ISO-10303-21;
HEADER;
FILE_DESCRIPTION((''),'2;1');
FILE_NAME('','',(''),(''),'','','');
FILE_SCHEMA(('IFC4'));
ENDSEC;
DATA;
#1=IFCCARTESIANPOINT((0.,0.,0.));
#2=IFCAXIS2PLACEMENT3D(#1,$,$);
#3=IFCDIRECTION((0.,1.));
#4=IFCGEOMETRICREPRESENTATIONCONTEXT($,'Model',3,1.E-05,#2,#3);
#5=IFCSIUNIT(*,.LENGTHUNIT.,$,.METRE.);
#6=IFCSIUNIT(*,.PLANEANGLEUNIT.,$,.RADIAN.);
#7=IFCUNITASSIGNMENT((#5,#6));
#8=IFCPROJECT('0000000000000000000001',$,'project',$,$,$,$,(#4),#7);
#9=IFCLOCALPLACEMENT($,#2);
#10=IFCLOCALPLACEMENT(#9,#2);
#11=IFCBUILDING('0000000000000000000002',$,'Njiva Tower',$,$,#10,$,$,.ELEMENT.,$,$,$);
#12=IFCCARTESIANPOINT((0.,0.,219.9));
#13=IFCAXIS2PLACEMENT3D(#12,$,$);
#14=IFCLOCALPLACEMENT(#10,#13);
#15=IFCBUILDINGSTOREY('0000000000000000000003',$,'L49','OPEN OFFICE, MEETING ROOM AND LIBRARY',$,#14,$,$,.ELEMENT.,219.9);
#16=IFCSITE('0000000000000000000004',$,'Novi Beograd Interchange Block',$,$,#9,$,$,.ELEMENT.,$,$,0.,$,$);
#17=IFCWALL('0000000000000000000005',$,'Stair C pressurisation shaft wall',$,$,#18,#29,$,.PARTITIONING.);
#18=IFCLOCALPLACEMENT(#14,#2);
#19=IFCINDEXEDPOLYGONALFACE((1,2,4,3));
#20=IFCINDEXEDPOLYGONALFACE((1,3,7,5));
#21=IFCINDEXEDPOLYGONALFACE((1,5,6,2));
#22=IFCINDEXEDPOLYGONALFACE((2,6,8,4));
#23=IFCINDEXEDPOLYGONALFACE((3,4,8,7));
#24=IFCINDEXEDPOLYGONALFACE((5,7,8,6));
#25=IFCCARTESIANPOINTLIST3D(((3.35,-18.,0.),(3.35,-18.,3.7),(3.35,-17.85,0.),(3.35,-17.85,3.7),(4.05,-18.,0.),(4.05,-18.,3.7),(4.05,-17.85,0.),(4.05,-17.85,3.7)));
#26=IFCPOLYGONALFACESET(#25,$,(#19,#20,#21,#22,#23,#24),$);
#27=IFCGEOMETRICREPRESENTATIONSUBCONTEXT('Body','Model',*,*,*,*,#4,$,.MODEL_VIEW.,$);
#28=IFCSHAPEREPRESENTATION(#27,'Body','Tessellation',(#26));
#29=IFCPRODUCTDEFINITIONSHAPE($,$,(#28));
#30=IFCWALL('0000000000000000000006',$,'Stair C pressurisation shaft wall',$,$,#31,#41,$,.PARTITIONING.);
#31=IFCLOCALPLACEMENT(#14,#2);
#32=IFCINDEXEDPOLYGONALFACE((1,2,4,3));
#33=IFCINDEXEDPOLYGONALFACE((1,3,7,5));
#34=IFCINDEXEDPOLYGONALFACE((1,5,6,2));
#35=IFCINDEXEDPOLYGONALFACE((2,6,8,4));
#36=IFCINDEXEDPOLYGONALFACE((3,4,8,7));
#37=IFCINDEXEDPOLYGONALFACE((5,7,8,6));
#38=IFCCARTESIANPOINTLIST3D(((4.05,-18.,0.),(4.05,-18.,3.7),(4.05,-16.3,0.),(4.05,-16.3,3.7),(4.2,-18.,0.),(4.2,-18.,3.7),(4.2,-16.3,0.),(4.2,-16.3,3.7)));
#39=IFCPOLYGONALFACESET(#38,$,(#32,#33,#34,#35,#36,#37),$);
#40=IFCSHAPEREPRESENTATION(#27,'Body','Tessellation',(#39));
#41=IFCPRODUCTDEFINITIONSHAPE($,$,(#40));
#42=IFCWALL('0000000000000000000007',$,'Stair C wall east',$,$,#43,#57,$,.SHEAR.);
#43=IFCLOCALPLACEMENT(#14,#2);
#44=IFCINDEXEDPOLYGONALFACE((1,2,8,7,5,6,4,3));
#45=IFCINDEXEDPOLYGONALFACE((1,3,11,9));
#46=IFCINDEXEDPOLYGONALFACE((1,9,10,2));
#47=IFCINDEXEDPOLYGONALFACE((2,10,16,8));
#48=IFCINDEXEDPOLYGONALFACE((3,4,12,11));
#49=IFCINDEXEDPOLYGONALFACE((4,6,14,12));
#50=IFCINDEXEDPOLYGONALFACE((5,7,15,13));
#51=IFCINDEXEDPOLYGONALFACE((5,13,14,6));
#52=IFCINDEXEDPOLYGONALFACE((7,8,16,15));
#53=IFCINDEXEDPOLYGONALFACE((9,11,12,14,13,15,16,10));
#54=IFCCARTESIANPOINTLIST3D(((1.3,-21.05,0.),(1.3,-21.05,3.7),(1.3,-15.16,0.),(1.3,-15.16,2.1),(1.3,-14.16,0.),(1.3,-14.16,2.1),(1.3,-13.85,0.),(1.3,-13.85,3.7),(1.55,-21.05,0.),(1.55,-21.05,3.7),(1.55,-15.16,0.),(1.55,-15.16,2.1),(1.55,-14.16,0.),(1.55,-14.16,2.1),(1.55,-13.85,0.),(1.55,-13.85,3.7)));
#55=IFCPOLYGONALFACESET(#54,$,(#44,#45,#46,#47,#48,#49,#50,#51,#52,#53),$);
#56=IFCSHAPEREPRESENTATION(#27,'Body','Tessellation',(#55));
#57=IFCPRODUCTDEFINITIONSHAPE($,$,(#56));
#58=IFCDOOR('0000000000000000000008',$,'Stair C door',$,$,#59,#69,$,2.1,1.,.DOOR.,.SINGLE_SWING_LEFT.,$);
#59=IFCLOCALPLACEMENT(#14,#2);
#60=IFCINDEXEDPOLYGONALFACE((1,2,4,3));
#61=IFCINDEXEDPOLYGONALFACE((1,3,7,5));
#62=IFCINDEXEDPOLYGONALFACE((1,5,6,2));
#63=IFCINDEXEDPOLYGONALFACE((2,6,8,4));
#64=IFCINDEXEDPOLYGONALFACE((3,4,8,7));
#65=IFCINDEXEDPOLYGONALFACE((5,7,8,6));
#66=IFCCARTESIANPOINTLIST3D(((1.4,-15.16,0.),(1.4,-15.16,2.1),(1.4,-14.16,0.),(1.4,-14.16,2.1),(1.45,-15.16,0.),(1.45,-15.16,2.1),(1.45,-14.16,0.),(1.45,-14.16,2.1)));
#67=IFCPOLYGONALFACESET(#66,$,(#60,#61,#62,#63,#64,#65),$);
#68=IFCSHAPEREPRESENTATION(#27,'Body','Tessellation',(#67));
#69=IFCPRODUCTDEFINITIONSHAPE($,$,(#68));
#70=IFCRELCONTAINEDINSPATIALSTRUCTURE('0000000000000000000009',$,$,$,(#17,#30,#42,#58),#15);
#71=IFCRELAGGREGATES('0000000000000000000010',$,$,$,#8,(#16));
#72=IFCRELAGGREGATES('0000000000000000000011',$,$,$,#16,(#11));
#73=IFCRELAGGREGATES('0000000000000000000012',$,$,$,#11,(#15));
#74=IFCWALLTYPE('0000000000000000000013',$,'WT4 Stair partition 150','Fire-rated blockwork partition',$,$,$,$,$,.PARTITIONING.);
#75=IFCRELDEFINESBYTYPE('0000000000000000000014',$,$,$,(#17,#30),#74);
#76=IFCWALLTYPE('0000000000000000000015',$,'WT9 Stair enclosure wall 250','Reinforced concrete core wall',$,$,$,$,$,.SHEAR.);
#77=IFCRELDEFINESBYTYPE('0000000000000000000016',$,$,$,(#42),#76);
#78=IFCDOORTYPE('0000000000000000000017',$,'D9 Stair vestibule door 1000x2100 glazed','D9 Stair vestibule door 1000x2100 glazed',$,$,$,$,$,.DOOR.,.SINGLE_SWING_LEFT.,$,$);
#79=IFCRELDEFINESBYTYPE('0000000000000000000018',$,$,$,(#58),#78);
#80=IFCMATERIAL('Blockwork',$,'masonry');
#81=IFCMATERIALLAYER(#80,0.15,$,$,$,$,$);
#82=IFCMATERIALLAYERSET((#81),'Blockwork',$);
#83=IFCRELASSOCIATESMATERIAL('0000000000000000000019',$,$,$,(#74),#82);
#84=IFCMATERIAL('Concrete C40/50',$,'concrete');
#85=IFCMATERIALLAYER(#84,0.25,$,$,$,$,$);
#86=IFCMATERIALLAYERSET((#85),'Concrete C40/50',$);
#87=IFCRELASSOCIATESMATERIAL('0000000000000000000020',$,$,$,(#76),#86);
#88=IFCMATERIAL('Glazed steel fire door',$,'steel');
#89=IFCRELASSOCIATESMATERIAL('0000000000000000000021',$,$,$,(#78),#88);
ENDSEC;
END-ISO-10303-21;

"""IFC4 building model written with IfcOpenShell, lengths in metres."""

from ifc_helpers import new_model, si_unit, direction, frame, frame_2d, origin, place, context, subcontext, project, spatial, rectangle, extrude, material, layer, layer_set, type_object, element, fill, save


model = new_model("IFC4")

# Units and contexts
model_context = context("Model", 3, precision=1e-05, world=origin(), true_north=direction((0.0, 1.0)))
body_context = subcontext(model_context, "Body", "Model", "MODEL_VIEW")
ifc_project = project(units=[si_unit("LENGTHUNIT", "METRE"), si_unit("PLANEANGLEUNIT", "RADIAN")], contexts=[model_context])

# Site, building, storey
site_placement = place(None, origin())
site = spatial("IfcSite", under=ifc_project, at=site_placement, Name="Novi Beograd Interchange Block", CompositionType="ELEMENT", RefElevation=0.0)
building_placement = place(site_placement, origin())
building = spatial("IfcBuilding", under=site, at=building_placement, Name="Njiva Tower", CompositionType="ELEMENT")
storey_placement = place(building_placement, frame((0.0, 0.0, 219.9)))
storey = spatial("IfcBuildingStorey", under=building, at=storey_placement, Name="L49", Description="OPEN OFFICE, MEETING ROOM AND LIBRARY", CompositionType="ELEMENT", Elevation=219.9)

# Walls
ifc_material_1 = material(Name="Blockwork", Category="masonry")
ifc_layer_1 = layer(ifc_material_1, 0.15)
ifc_layer_set_1 = layer_set([ifc_layer_1], Name="Blockwork")
wall_type_1 = type_object("IfcWallType", Name="WT4 Stair partition 150", Description="Fire-rated blockwork partition", PredefinedType="PARTITIONING", material=ifc_layer_set_1)
wall_1_placement = place(storey_placement, frame((3.35, -17.925, 0.0), z_axis=(0.0, 0.0, 1.0), x_axis=(1.0, 0.0, 0.0)))
element("IfcWall", 1, at=wall_1_placement, inside=storey, type_object=wall_type_1, Name="Stair C pressurisation shaft wall", PredefinedType="PARTITIONING", context=body_context, shape_type="SweptSolid", body=[
    extrude(rectangle(XDim=0.7, YDim=0.15, at=frame_2d((0.35, 0.0))), origin(), (0.0, 0.0, 1.0), 3.7),
])
wall_2_placement = place(storey_placement, frame((4.125, -18.0, 0.0), z_axis=(0.0, 0.0, 1.0), x_axis=(0.0, 1.0, 0.0)))
element("IfcWall", 2, at=wall_2_placement, inside=storey, type_object=wall_type_1, Name="Stair C pressurisation shaft wall", PredefinedType="PARTITIONING", context=body_context, shape_type="SweptSolid", body=[
    extrude(rectangle(XDim=1.7, YDim=0.15, at=frame_2d((0.85, 0.0))), origin(), (0.0, 0.0, 1.0), 3.7),
])

# Wall, opening, door
ifc_material_2 = material(Name="Concrete C40/50", Category="concrete")
ifc_layer_2 = layer(ifc_material_2, 0.25)
ifc_layer_set_2 = layer_set([ifc_layer_2], Name="Concrete C40/50")
wall_type_2 = type_object("IfcWallType", Name="WT9 Stair enclosure wall 250", Description="Reinforced concrete core wall", PredefinedType="SHEAR", material=ifc_layer_set_2)
wall_3_placement = place(storey_placement, frame((1.425, -21.05, 0.0), z_axis=(0.0, 0.0, 1.0), x_axis=(0.0, 1.0, 0.0)))
wall_3 = element("IfcWall", 3, at=wall_3_placement, inside=storey, type_object=wall_type_2, Name="Stair C wall east", PredefinedType="SHEAR", context=body_context, shape_type="SweptSolid", body=[
    extrude(rectangle(XDim=7.2, YDim=0.25, at=frame_2d((3.6, 0.0))), origin(), (0.0, 0.0, 1.0), 3.7),
])
opening_1_placement = place(wall_3_placement, frame((5.89, 0.0, 0.0)))
opening_1 = element("IfcOpeningElement", 4, at=opening_1_placement, cuts=wall_3, PredefinedType="OPENING", context=body_context, shape_type="SweptSolid", body=[
    extrude(rectangle(XDim=1.0, YDim=2.1, at=frame_2d((0.5, 1.05))), frame((0.0, 0.135, 0.0), z_axis=(0.0, -1.0, 0.0), x_axis=(1.0, 0.0, 0.0)), (0.0, 0.0, 1.0), 0.27),
])
ifc_material_3 = material(Name="Glazed steel fire door", Category="steel")
door_type = type_object("IfcDoorType", Name="D9 Stair vestibule door 1000x2100 glazed", Description="D9 Stair vestibule door 1000x2100 glazed", OperationType="SINGLE_SWING_LEFT", PredefinedType="DOOR", material=ifc_material_3)
door_placement = place(opening_1_placement, origin())
door = element("IfcDoor", 5, at=door_placement, inside=storey, type_object=door_type, Name="Stair C door", OperationType="SINGLE_SWING_LEFT", OverallHeight=2.1, OverallWidth=1.0, PredefinedType="DOOR", context=body_context, shape_type="SweptSolid", body=[
    extrude(rectangle(XDim=1.0, YDim=2.1, at=frame_2d((0.5, 1.05))), frame((0.0, 0.025, 0.0), z_axis=(0.0, -1.0, 0.0), x_axis=(1.0, 0.0, 0.0)), (0.0, 0.0, 1.0), 0.05),
])
fill(opening_1, door)

save(model, "model.ifc")
